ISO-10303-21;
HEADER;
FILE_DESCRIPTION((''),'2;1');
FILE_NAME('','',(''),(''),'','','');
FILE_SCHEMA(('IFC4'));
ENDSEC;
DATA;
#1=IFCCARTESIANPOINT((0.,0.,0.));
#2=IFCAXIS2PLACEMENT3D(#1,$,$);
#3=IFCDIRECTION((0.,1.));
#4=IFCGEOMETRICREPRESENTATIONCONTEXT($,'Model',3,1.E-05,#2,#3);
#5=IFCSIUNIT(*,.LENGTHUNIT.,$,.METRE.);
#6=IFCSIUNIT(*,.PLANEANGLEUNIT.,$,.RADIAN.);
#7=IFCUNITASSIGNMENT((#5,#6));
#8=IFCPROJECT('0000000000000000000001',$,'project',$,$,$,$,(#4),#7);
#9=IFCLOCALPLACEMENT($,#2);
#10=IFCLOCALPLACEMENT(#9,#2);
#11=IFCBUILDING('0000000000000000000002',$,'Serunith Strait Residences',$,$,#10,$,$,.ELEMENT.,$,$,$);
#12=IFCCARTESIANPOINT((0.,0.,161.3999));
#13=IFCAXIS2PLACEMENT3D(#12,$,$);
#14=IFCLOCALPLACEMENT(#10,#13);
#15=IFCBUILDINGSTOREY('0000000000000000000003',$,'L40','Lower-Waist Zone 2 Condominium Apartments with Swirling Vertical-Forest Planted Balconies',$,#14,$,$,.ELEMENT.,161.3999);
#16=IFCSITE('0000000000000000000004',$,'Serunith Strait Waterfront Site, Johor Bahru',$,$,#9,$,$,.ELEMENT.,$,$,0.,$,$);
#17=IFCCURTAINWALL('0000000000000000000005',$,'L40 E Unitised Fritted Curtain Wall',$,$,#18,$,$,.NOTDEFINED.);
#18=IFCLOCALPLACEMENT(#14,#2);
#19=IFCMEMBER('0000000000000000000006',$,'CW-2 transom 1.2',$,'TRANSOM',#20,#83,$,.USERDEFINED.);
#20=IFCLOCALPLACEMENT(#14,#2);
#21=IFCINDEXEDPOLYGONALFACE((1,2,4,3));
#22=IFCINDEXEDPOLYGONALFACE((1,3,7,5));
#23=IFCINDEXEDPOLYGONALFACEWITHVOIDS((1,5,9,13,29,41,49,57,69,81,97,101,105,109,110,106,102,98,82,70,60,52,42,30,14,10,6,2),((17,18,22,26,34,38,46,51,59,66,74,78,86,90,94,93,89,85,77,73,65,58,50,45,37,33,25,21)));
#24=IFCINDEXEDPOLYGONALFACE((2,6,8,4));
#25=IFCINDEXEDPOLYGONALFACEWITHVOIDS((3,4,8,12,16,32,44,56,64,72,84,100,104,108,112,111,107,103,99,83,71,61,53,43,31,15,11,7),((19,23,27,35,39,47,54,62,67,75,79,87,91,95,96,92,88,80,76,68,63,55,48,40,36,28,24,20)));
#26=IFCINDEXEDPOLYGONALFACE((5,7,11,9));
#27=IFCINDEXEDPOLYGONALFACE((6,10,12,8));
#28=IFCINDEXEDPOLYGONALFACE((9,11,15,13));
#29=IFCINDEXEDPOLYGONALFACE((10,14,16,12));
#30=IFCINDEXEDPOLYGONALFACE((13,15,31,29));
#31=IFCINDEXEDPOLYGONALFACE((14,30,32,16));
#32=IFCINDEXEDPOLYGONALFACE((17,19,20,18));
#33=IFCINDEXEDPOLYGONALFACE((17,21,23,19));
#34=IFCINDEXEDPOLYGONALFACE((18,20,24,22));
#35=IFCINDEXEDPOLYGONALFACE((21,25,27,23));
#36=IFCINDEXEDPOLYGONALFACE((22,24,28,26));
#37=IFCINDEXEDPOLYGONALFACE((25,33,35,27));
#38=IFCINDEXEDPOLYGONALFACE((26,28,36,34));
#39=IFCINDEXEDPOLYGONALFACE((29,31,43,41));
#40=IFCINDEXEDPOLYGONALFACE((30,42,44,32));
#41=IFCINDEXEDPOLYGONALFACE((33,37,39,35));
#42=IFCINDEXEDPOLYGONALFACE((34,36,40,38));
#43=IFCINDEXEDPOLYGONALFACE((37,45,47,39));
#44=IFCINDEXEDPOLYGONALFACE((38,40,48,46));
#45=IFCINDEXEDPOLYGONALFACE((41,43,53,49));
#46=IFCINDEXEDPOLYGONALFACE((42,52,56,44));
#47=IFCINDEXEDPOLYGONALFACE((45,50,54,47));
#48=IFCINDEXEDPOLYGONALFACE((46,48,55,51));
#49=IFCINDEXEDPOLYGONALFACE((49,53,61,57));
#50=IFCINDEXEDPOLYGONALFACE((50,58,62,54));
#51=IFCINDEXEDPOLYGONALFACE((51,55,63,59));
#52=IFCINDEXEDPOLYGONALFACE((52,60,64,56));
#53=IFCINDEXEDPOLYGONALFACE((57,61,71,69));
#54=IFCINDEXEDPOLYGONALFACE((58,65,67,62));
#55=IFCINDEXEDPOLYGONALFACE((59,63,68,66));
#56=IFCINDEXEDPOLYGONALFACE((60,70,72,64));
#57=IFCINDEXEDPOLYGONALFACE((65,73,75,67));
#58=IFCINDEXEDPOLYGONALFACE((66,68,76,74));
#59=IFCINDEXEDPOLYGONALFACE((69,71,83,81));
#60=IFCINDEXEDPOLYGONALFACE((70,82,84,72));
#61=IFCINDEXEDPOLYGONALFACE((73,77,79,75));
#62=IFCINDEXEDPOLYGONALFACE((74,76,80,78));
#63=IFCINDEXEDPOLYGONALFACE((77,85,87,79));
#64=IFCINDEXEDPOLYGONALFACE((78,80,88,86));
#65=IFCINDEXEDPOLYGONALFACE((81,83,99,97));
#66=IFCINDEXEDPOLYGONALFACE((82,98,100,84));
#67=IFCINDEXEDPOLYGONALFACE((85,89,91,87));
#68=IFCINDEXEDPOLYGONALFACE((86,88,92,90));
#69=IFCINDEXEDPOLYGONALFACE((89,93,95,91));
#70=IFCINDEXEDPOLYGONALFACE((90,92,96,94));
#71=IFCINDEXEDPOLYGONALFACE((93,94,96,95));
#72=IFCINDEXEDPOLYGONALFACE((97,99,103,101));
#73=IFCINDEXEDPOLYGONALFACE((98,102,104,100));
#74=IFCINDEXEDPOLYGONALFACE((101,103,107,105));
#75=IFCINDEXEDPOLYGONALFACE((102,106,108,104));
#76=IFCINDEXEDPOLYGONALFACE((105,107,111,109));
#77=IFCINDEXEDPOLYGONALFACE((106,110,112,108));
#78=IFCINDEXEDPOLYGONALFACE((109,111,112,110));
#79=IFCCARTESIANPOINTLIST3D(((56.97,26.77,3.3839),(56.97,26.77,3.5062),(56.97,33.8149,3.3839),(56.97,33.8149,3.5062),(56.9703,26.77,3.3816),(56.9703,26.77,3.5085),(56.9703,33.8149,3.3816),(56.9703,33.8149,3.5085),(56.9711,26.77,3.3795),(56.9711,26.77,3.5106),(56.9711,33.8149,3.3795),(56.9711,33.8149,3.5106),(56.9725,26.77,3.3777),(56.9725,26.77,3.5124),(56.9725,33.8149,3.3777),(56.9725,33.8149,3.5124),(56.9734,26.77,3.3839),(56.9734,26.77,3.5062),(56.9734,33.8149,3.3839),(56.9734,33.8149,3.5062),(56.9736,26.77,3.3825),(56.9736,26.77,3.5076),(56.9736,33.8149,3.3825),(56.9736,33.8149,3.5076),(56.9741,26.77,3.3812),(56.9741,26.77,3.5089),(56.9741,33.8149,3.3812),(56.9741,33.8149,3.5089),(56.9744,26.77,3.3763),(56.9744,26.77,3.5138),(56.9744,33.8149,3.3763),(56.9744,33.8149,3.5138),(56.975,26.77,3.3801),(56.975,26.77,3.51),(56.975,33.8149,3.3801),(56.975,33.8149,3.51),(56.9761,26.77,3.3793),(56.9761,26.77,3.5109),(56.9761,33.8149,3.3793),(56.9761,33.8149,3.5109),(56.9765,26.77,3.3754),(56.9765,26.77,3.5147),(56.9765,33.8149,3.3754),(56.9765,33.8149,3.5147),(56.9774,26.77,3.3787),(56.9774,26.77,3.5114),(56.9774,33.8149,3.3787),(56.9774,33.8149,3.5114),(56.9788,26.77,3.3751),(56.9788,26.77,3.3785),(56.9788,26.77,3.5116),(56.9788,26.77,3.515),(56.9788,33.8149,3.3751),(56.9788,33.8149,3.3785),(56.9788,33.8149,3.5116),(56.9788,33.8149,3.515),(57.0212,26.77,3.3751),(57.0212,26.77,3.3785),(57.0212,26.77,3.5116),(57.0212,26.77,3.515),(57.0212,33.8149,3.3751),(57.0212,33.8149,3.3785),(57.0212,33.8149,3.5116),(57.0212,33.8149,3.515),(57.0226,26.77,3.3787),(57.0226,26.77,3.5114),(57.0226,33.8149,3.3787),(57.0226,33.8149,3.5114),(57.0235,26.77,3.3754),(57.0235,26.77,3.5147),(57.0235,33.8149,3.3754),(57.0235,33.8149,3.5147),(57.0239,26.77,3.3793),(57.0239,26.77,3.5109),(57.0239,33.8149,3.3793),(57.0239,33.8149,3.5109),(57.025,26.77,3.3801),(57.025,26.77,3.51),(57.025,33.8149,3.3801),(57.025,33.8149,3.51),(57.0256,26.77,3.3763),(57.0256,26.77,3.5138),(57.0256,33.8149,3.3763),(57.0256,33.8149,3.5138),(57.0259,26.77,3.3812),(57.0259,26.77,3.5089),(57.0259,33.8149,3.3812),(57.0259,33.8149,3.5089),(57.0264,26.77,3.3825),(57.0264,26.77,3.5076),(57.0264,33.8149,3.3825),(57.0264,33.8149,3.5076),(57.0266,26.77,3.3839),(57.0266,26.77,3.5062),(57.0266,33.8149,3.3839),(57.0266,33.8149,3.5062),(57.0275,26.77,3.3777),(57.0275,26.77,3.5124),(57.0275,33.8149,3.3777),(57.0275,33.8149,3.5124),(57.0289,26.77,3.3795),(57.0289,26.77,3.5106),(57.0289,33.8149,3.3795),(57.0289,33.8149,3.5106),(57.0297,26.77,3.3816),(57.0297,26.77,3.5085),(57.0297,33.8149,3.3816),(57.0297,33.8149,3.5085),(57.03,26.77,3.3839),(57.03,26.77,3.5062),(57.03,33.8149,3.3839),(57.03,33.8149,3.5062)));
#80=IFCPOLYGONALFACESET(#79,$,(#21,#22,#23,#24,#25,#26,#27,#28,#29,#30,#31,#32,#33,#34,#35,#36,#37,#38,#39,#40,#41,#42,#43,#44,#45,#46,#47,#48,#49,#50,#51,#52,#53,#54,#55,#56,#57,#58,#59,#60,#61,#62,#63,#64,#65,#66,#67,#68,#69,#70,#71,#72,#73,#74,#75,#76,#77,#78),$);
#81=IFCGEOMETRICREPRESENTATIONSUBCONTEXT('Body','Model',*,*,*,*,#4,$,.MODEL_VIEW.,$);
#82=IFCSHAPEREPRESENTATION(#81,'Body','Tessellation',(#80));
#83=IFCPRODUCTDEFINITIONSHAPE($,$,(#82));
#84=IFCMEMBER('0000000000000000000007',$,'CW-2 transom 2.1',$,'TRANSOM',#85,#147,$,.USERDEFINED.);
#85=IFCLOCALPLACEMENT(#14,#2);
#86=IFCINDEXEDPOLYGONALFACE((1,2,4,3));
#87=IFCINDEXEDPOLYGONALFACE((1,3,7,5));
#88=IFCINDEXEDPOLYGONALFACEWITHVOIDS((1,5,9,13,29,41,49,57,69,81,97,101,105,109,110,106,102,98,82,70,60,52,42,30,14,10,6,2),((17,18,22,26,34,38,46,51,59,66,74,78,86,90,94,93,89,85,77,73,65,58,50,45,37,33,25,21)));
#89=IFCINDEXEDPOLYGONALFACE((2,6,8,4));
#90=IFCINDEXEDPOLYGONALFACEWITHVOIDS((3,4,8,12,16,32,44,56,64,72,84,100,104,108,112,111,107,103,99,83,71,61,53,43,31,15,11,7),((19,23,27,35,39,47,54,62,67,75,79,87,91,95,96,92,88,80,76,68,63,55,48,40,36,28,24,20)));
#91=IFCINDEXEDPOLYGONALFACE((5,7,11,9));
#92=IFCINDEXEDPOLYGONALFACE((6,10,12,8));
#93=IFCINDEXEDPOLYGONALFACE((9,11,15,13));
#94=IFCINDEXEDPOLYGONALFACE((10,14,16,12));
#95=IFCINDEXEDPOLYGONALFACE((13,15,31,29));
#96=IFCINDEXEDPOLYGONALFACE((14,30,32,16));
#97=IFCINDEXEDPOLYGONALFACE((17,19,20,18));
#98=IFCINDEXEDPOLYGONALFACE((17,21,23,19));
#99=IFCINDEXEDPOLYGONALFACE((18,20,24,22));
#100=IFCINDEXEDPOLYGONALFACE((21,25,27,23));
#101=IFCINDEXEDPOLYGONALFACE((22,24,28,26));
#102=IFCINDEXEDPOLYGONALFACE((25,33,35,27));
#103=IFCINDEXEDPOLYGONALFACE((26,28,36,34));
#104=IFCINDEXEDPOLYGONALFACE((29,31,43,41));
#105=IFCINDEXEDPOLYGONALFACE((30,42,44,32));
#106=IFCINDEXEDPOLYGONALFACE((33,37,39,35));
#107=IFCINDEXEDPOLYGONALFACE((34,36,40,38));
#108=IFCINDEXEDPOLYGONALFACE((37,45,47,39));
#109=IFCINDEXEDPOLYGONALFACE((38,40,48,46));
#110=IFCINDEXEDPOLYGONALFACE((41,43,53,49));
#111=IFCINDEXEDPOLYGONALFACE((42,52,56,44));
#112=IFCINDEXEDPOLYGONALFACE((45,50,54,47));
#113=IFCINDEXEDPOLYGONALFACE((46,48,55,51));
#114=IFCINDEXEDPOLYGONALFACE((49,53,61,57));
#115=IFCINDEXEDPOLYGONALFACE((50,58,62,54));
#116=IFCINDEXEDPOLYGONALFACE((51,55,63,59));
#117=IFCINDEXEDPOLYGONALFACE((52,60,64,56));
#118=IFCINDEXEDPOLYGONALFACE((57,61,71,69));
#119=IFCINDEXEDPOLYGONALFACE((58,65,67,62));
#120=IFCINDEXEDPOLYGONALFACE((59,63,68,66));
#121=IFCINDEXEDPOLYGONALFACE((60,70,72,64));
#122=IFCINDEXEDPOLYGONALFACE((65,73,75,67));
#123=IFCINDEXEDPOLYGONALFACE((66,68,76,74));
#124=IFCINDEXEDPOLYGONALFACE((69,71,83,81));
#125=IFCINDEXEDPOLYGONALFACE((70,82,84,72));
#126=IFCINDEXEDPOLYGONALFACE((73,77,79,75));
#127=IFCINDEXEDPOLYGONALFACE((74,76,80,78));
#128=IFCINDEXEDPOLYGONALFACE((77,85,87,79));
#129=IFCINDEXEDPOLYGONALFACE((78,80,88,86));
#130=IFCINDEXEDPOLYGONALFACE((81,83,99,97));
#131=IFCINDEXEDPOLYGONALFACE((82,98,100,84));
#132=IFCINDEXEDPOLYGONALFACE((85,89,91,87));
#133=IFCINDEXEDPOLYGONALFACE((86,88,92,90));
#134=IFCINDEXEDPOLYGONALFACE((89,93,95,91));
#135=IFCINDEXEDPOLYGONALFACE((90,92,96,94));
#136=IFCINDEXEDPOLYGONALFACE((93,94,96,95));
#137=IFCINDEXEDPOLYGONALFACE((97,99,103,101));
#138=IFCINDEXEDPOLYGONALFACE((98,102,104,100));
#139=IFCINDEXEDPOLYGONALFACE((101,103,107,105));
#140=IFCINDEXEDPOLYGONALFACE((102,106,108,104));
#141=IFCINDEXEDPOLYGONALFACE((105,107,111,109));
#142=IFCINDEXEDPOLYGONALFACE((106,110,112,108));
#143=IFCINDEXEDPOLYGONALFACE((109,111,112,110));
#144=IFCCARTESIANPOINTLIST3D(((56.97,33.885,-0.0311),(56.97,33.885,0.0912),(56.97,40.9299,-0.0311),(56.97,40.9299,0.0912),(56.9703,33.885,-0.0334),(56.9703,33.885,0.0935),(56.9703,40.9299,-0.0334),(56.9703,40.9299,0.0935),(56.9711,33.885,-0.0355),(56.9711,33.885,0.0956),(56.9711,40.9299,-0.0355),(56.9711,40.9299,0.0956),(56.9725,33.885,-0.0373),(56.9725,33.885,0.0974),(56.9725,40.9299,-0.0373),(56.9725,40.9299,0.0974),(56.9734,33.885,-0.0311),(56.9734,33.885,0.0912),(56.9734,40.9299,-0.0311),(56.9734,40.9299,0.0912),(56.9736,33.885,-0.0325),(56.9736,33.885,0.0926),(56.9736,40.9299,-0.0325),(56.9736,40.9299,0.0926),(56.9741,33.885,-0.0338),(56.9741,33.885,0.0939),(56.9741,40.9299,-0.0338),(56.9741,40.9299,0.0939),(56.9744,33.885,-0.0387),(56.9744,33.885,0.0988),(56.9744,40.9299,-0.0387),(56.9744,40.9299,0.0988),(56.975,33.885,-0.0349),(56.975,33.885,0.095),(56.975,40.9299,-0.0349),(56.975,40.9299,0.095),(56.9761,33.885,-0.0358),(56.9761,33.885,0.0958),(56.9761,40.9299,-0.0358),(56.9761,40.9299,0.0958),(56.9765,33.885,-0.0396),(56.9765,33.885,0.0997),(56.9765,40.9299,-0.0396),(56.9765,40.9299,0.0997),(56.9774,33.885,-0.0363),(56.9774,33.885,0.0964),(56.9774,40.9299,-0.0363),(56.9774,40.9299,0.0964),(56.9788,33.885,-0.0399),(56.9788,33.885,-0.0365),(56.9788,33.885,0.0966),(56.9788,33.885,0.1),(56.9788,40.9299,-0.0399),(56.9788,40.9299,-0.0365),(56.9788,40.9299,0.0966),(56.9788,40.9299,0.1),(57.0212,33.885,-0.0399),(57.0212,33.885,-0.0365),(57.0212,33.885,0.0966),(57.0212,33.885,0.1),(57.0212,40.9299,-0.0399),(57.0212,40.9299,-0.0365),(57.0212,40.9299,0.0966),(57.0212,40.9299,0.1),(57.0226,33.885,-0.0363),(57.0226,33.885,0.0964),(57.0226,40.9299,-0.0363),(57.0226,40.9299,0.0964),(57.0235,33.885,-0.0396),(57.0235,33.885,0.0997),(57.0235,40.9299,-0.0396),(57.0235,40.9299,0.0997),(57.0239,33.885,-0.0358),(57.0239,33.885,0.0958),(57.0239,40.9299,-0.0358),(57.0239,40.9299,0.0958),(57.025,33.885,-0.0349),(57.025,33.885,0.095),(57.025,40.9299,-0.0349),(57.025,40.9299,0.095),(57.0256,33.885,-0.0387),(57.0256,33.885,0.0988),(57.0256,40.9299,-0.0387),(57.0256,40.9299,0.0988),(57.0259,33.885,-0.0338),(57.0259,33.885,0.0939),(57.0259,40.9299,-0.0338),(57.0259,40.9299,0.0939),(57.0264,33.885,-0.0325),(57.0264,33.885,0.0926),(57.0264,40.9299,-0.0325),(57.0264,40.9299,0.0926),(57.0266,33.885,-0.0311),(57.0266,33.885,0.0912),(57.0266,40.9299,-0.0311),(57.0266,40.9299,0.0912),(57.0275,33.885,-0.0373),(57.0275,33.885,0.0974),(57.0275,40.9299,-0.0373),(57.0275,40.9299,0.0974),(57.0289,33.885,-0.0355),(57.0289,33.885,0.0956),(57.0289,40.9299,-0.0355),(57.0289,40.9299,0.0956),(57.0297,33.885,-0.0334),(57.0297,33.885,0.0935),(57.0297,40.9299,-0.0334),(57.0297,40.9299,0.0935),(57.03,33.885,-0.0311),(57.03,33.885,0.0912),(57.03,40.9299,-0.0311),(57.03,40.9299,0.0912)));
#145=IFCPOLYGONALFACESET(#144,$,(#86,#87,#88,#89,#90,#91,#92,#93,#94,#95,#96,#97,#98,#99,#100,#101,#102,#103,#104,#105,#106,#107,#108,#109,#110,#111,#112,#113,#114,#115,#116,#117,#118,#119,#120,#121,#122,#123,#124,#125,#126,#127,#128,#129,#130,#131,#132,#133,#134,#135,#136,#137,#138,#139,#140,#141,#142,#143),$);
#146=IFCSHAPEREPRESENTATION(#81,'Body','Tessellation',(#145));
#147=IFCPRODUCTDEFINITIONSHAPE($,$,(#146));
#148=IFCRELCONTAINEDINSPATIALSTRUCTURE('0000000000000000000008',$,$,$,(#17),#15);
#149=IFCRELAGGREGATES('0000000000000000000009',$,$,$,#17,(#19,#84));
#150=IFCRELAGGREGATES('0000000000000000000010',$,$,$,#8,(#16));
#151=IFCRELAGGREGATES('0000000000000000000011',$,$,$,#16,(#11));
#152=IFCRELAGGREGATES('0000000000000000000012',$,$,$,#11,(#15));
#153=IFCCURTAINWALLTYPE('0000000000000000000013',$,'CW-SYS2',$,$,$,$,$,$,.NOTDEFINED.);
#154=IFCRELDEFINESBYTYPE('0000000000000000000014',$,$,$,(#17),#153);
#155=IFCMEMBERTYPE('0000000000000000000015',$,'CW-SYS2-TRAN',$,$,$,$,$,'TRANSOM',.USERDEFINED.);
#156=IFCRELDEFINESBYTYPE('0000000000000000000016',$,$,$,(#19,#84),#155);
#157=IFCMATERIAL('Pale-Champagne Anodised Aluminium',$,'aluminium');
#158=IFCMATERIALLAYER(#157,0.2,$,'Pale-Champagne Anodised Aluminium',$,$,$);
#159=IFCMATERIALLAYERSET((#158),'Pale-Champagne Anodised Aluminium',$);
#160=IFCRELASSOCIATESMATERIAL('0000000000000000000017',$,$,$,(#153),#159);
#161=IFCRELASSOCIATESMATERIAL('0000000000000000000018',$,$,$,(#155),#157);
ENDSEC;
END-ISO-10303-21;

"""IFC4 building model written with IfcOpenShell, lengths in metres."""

from ifc_helpers import new_model, si_unit, direction, frame, origin, origin_2d, place, context, subcontext, project, spatial, hollow_rectangle, extrude, source, transform, mapped, material, layer, layer_set, material_profile, profile_set, type_object, element, aggregate, save


model = new_model("IFC4")

# Units and contexts
model_context = context("Model", 3, precision=1e-05, world=origin(), true_north=direction((0.0, 1.0)))
body_context = subcontext(model_context, "Body", "Model", "MODEL_VIEW")
ifc_project = project(units=[si_unit("LENGTHUNIT", "METRE"), si_unit("PLANEANGLEUNIT", "RADIAN")], contexts=[model_context])

# Site, building, storey
site_placement = place(None, origin())
site = spatial("IfcSite", under=ifc_project, at=site_placement, Name="Serunith Strait Waterfront Site, Johor Bahru", CompositionType="ELEMENT", RefElevation=0.0)
building_placement = place(site_placement, origin())
building = spatial("IfcBuilding", under=site, at=building_placement, Name="Serunith Strait Residences", CompositionType="ELEMENT")
storey_placement = place(building_placement, frame((0.0, 0.0, 161.3999)))
storey = spatial("IfcBuildingStorey", under=building, at=storey_placement, Name="L40", Description="Lower-Waist Zone 2 Condominium Apartments with Swirling Vertical-Forest Planted Balconies", CompositionType="ELEMENT", Elevation=161.3999)

# Shared definitions
ifc_material_1 = material(Name="Pale-Champagne Anodised Aluminium", Category="aluminium")
ifc_layer_1 = layer(ifc_material_1, 0.2, Name="Pale-Champagne Anodised Aluminium")
ifc_layer_set_1 = layer_set([ifc_layer_1], Name="Pale-Champagne Anodised Aluminium")
curtain_wall_type = type_object("IfcCurtainWallType", Name="CW-SYS2", PredefinedType="NOTDEFINED", material=ifc_layer_set_1)

# Curtain wall, members
curtain_wall_1_placement = place(storey_placement, origin())
curtain_wall_1 = element("IfcCurtainWall", 1, at=curtain_wall_1_placement, inside=storey, type_object=curtain_wall_type, Name="L40 E Unitised Fritted Curtain Wall", PredefinedType="NOTDEFINED")
ifc_material_profile_1 = material_profile(ifc_material_1, hollow_rectangle(XDim=0.0601, YDim=0.1399, WallThickness=0.0034, InnerFilletRadius=0.0054, OuterFilletRadius=0.0088, at=origin_2d()), Name="ALU 140x60x3.5")
ifc_profile_set_1 = profile_set([ifc_material_profile_1], Name="Pale-Champagne Anodised Aluminium")
member_type_1 = type_object("IfcMemberType", Name="CW-SYS2-TRAN", ElementType="TRANSOM", PredefinedType="USERDEFINED", material=ifc_profile_set_1)
shared_shape_1 = source(origin(), body_context, "Body", "SweptSolid", [
    extrude(hollow_rectangle(XDim=0.0601, YDim=0.1399, WallThickness=0.0034, InnerFilletRadius=0.0054, OuterFilletRadius=0.0088, at=origin_2d()), origin(), (0.0, 0.0, 1.0), 7.0449),
])
member_1_placement = place(storey_placement, frame((57.0, 26.77, 3.4451), z_axis=(0.0, 1.0, 0.0), x_axis=(-1.0, 0.0, 0.0)))
member_1 = element("IfcMember", 2, at=member_1_placement, type_object=member_type_1, Name="CW-2 transom 1.2", ObjectType="TRANSOM", PredefinedType="USERDEFINED", context=body_context, shape_type="MappedRepresentation", body=[
    mapped(shared_shape_1, transform((0.0, 0.0, 0.0), scale=1.0)),
])
member_2_placement = place(storey_placement, frame((57.0, 33.885, 0.03), z_axis=(0.0, 1.0, 0.0), x_axis=(-1.0, 0.0, 0.0)))
member_2 = element("IfcMember", 3, at=member_2_placement, type_object=member_type_1, Name="CW-2 transom 2.1", ObjectType="TRANSOM", PredefinedType="USERDEFINED", context=body_context, shape_type="MappedRepresentation", body=[
    mapped(shared_shape_1, transform((0.0, 0.0, 0.0), scale=1.0)),
])
aggregate(curtain_wall_1, [member_1, member_2])

save(model, "model.ifc")
